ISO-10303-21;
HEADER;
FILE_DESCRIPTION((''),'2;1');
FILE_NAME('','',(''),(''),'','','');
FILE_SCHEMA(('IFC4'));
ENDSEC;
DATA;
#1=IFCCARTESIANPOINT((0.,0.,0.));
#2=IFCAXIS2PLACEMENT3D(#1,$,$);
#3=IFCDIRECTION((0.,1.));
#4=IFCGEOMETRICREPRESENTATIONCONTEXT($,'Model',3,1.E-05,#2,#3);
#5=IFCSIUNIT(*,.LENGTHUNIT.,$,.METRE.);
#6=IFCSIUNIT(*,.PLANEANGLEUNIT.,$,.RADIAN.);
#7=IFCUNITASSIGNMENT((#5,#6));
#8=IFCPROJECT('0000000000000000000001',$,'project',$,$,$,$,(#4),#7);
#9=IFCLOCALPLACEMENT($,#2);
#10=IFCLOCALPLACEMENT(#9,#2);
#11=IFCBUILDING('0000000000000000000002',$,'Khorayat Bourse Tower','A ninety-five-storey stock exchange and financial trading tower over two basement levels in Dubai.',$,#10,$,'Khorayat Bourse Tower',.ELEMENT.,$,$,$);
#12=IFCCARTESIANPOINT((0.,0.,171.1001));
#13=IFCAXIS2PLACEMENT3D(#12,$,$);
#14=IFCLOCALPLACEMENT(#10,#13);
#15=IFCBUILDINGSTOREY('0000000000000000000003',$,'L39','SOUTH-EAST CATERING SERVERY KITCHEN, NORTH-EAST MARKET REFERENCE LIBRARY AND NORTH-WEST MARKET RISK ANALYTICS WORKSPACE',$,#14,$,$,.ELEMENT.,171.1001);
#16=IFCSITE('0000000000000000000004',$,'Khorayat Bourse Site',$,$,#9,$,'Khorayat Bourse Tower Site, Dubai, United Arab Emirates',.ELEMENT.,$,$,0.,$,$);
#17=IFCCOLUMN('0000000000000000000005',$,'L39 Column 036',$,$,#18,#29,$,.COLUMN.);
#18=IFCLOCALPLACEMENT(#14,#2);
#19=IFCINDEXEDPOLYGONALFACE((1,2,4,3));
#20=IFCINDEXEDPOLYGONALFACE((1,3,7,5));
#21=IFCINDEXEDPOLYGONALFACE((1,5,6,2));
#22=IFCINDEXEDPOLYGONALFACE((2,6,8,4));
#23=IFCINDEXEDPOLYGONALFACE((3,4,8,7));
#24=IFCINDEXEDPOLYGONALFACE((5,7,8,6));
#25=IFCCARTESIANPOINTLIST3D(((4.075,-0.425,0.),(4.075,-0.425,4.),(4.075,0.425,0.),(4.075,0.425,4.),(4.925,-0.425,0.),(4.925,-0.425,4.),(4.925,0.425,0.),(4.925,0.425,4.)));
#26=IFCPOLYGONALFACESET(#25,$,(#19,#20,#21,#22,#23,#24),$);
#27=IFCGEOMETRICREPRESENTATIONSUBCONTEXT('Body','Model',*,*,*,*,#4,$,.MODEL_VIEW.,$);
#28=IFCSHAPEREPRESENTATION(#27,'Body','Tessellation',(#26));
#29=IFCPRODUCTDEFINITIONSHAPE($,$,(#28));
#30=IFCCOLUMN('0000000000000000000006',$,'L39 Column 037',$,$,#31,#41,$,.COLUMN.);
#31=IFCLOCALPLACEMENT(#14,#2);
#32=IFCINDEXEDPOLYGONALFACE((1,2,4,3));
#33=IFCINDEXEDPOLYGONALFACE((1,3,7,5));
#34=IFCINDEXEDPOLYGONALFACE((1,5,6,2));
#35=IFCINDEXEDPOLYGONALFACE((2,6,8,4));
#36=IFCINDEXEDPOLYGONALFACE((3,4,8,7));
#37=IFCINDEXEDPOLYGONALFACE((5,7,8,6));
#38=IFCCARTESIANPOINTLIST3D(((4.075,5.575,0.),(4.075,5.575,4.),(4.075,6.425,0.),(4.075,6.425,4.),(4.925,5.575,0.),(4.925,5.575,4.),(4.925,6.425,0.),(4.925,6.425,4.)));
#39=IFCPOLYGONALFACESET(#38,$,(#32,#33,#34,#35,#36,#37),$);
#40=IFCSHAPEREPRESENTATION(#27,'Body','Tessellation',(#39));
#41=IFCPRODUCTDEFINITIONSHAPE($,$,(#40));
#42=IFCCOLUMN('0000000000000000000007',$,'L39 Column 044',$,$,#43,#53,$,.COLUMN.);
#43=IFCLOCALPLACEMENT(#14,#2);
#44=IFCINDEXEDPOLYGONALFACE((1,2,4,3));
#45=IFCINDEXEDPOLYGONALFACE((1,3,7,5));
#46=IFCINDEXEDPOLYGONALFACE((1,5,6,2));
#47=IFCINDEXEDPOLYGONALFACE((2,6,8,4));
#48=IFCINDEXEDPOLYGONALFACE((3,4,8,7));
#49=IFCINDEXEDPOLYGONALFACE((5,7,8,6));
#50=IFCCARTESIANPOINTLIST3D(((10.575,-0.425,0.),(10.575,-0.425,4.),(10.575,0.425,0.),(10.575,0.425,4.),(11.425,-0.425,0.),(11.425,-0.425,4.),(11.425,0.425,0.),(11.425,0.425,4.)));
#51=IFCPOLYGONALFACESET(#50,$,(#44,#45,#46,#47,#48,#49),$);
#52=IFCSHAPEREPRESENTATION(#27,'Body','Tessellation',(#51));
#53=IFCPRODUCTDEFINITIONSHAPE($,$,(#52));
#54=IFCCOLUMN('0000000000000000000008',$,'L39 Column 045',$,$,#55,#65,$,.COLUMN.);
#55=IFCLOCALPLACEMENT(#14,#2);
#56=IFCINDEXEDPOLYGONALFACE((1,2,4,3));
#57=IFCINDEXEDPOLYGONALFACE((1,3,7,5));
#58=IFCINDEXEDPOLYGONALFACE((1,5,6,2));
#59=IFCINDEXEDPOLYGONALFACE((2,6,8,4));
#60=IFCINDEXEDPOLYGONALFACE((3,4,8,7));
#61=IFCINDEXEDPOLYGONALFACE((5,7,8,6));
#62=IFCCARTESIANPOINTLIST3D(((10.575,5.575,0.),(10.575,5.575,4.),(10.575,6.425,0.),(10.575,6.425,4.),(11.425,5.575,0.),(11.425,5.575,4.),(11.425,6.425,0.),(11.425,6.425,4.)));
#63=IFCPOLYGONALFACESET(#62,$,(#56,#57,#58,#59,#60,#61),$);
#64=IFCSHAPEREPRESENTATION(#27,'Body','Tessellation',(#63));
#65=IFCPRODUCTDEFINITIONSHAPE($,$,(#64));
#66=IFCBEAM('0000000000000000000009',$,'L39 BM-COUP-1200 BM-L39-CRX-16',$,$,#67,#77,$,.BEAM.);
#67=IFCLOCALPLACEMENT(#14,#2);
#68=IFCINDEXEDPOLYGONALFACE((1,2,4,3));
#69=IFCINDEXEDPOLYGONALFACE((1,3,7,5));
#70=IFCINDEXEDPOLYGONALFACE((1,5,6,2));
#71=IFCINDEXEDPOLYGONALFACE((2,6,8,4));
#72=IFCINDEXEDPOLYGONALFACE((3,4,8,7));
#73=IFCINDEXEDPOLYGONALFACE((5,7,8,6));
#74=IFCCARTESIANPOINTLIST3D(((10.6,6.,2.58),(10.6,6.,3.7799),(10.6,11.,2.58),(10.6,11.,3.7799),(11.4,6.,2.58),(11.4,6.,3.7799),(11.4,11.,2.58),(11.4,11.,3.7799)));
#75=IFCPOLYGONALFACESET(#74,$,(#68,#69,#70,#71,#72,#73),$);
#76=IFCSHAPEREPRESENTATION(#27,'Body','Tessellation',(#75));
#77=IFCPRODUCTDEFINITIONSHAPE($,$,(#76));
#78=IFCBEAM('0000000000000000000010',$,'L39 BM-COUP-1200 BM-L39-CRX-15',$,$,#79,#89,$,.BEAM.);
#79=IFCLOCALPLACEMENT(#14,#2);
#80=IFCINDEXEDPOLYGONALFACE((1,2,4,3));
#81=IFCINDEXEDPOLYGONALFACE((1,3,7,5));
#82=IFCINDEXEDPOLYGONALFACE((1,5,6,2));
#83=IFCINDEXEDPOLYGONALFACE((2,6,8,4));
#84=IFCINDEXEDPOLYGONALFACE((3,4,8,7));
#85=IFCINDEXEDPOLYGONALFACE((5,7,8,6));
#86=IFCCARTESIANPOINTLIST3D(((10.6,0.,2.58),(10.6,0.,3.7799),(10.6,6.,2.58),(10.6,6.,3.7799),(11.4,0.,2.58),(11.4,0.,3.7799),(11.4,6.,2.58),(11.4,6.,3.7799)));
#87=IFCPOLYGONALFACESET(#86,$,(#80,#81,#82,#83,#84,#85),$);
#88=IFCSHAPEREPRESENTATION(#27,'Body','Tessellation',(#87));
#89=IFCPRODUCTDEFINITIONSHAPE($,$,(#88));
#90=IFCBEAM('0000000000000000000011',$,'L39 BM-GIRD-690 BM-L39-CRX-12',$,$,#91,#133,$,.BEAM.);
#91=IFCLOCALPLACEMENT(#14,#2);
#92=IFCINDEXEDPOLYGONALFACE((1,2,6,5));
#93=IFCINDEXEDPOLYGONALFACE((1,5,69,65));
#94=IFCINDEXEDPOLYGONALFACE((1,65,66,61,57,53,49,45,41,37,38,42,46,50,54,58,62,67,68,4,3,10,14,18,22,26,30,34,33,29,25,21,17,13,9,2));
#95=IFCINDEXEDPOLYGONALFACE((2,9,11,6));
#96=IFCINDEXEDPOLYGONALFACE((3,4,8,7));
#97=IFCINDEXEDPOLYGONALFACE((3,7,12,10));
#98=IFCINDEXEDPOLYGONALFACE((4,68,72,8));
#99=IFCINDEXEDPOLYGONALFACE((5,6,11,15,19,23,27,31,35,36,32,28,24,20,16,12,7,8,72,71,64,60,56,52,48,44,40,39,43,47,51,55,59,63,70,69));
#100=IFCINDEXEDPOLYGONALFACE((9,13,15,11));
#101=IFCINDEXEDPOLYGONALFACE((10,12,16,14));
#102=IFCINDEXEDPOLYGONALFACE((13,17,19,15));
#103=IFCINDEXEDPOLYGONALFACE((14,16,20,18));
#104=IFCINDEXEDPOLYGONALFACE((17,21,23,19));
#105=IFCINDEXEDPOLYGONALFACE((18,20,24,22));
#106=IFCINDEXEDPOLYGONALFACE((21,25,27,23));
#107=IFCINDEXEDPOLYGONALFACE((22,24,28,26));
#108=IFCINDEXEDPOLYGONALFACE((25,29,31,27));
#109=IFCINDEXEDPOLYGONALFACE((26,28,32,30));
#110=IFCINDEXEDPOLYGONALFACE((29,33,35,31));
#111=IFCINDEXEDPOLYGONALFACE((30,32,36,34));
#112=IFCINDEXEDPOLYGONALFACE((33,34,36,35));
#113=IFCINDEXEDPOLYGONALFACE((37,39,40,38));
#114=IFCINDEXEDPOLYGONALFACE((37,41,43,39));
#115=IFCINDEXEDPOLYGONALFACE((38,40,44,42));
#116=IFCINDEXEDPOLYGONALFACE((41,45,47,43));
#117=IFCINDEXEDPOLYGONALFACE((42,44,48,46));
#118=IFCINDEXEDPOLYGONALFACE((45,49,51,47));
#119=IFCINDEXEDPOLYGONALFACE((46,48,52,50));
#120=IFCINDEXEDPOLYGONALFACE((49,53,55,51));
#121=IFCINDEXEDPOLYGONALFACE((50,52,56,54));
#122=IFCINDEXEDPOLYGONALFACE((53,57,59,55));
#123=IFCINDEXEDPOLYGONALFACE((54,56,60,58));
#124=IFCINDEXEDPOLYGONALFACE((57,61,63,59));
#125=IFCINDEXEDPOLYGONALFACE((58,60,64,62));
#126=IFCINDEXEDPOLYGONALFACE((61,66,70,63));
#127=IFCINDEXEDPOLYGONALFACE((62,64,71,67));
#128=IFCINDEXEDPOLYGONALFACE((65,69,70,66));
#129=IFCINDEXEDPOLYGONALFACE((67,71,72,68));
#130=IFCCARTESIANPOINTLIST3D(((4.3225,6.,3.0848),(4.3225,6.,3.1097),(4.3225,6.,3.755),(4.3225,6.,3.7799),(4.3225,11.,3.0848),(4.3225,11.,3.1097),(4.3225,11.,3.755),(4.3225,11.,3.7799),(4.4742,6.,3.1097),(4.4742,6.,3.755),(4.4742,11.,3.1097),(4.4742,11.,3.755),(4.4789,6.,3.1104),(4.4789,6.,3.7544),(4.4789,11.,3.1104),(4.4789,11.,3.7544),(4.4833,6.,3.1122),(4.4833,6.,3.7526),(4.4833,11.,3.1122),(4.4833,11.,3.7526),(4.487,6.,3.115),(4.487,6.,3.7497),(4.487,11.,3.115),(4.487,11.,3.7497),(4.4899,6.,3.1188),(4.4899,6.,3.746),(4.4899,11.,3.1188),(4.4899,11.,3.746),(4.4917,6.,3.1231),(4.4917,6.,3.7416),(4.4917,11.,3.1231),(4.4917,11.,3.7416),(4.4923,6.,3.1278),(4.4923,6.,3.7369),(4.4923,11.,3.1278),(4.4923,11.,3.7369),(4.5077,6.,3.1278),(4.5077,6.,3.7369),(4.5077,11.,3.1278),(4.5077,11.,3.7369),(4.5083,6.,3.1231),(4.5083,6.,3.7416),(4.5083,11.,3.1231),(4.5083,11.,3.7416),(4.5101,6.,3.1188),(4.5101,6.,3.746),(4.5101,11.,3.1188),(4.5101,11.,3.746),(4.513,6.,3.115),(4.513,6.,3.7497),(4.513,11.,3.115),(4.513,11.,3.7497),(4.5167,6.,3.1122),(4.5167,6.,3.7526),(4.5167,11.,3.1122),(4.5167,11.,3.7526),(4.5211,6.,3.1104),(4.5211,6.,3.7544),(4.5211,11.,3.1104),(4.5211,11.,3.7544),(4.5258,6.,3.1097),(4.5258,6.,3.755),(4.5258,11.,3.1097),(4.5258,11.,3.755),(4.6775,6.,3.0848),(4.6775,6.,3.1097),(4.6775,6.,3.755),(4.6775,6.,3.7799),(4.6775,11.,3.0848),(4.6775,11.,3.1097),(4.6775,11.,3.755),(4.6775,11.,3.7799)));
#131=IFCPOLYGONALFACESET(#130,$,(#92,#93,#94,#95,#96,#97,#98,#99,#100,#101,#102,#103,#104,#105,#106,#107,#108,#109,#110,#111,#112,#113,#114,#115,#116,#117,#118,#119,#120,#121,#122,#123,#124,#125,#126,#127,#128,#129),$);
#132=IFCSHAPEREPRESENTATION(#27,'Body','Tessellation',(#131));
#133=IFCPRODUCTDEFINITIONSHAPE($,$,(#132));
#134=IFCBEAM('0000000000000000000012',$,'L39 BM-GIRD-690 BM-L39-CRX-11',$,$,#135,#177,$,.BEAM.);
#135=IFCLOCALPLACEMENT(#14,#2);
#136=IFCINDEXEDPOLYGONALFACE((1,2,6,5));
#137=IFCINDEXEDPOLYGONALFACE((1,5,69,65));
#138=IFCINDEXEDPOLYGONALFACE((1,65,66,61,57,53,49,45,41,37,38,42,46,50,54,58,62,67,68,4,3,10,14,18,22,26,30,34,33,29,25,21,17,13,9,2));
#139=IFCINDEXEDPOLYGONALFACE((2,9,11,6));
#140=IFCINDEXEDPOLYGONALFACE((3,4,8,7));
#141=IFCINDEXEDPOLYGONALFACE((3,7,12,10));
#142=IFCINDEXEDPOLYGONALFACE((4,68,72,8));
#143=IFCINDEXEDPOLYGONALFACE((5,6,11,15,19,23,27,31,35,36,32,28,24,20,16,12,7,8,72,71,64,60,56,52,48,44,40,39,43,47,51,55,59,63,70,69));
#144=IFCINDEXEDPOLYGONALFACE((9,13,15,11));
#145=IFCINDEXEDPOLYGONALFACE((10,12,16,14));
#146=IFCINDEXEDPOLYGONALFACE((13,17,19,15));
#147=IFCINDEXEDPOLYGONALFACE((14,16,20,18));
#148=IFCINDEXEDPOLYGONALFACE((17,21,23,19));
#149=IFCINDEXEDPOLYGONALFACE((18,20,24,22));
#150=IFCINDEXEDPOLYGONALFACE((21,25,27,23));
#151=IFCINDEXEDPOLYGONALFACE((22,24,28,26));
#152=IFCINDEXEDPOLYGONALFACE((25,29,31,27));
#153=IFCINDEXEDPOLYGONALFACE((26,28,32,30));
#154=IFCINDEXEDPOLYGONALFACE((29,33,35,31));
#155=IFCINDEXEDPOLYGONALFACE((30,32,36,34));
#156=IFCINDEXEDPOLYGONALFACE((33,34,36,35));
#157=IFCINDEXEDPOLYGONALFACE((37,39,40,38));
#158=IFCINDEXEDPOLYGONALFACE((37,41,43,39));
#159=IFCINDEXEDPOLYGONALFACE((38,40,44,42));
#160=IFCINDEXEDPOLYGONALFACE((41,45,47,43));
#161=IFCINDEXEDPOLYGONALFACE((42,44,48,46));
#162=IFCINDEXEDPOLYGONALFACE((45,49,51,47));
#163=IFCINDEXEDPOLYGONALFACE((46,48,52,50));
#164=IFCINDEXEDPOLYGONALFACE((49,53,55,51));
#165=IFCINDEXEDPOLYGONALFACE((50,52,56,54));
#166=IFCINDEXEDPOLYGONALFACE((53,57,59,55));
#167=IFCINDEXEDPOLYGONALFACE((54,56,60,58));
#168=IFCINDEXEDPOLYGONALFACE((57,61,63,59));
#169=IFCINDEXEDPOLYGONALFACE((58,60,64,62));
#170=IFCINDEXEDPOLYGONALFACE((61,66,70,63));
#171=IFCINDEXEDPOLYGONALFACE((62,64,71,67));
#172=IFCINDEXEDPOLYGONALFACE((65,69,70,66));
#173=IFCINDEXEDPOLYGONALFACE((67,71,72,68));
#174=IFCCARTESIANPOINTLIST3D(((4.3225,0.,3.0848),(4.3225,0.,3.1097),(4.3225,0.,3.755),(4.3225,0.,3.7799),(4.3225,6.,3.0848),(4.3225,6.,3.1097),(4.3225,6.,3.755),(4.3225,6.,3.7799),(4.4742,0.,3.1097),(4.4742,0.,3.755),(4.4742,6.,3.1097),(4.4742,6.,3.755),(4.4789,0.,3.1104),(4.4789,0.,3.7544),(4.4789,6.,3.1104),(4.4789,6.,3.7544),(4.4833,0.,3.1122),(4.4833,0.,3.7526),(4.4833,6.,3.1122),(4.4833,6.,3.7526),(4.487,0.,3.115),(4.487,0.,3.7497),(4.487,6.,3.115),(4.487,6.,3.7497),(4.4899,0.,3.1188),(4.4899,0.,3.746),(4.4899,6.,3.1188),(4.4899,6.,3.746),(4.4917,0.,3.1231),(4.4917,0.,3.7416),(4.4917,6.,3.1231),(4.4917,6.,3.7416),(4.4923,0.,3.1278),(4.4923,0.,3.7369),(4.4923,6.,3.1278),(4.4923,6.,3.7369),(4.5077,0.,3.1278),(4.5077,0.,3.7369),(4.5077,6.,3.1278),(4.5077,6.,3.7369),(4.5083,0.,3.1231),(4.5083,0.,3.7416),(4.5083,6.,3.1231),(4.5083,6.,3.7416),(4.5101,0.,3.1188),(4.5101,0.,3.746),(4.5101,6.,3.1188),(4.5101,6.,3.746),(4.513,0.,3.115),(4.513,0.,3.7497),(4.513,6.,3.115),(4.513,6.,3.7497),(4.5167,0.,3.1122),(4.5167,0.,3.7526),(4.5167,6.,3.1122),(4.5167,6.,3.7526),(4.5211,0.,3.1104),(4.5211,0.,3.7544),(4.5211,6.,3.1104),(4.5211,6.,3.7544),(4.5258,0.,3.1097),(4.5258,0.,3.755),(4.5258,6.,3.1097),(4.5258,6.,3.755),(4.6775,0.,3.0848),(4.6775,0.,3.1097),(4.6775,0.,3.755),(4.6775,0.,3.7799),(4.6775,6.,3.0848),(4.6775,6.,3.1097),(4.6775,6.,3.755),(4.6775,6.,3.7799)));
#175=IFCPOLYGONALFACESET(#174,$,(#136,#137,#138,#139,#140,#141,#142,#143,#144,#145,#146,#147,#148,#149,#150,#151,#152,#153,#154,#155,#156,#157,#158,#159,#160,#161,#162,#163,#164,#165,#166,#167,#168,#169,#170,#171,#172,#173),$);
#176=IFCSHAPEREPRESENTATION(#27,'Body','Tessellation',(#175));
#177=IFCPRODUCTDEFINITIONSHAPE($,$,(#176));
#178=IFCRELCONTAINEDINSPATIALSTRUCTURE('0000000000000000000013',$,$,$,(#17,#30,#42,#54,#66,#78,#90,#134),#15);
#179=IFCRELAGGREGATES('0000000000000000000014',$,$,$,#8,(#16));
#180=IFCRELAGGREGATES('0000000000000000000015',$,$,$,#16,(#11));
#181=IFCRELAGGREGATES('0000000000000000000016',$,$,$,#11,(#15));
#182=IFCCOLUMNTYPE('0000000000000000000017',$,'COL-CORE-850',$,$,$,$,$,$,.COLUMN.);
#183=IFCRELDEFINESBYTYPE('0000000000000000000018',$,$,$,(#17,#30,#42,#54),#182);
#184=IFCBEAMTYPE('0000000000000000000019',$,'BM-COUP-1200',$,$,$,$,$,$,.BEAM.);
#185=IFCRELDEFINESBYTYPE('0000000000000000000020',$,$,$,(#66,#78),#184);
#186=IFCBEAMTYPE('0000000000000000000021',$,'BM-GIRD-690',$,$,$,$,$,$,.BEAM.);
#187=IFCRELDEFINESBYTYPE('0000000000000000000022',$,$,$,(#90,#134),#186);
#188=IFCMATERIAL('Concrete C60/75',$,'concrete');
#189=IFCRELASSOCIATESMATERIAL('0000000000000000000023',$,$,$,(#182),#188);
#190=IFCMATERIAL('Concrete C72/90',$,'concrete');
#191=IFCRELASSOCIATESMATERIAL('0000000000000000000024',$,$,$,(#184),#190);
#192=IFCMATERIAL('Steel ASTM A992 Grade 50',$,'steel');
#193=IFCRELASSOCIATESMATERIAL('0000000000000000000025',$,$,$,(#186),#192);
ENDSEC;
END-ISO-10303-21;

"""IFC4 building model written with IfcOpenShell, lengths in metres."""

from ifc_helpers import new_model, si_unit, direction, frame, origin, origin_2d, place, context, subcontext, project, spatial, rectangle, i_section, extrude, source, transform, mapped, material, material_profile, profile_set, type_object, element, save


model = new_model("IFC4")

# Units and contexts
model_context = context("Model", 3, precision=1e-05, world=origin(), true_north=direction((0.0, 1.0)))
body_context = subcontext(model_context, "Body", "Model", "MODEL_VIEW")
ifc_project = project(units=[si_unit("LENGTHUNIT", "METRE"), si_unit("PLANEANGLEUNIT", "RADIAN")], contexts=[model_context])

# Site, building, storey
site_placement = place(None, origin())
site = spatial("IfcSite", under=ifc_project, at=site_placement, Name="Khorayat Bourse Site", LongName="Khorayat Bourse Tower Site, Dubai, United Arab Emirates", CompositionType="ELEMENT", RefElevation=0.0)
building_placement = place(site_placement, origin())
building = spatial("IfcBuilding", under=site, at=building_placement, Name="Khorayat Bourse Tower", Description="A ninety-five-storey stock exchange and financial trading tower over two basement levels in Dubai.", LongName="Khorayat Bourse Tower", CompositionType="ELEMENT")
storey_placement = place(building_placement, frame((0.0, 0.0, 171.1001)))
storey = spatial("IfcBuildingStorey", under=building, at=storey_placement, Name="L39", Description="SOUTH-EAST CATERING SERVERY KITCHEN, NORTH-EAST MARKET REFERENCE LIBRARY AND NORTH-WEST MARKET RISK ANALYTICS WORKSPACE", CompositionType="ELEMENT", Elevation=171.1001)

# Columns
ifc_material_1 = material(Name="Concrete C60/75", Category="concrete")
ifc_material_profile_1 = material_profile(ifc_material_1, rectangle(XDim=0.8501, YDim=0.8501, at=origin_2d()), Name="RC 850x850")
ifc_profile_set_1 = profile_set([ifc_material_profile_1], Name="Concrete C60/75")
column_type = type_object("IfcColumnType", Name="COL-CORE-850", PredefinedType="COLUMN", material=ifc_profile_set_1)
shared_shape_1 = source(origin(), body_context, "Body", "SweptSolid", [
    extrude(rectangle(XDim=0.8501, YDim=0.8501, at=origin_2d()), origin(), (0.0, 0.0, 1.0), 4.0),
])
for number, where, z_axis, x_axis, name in (
    (1, (4.5, 0.0, 0.0), (0.0, 0.0, 1.0), (1.0, 0.0, 0.0), "L39 Column 036"),
    (2, (4.5, 6.0, 0.0), (0.0, 0.0, 1.0), (1.0, 0.0, 0.0), "L39 Column 037"),
    (3, (11.0, 0.0, 0.0), (0.0, 0.0, 1.0), (1.0, 0.0, 0.0), "L39 Column 044"),
    (4, (11.0, 6.0, 0.0), (0.0, 0.0, 1.0), (1.0, 0.0, 0.0), "L39 Column 045"),
):
    element("IfcColumn", number, at=place(storey_placement, frame(where, z_axis=z_axis, x_axis=x_axis)), inside=storey, type_object=column_type, Name=name, PredefinedType="COLUMN", context=body_context, shape_type="MappedRepresentation", body=[
        mapped(shared_shape_1, transform((0.0, 0.0, 0.0), scale=1.0)),
    ])

# Beams
ifc_material_2 = material(Name="Concrete C72/90", Category="concrete")
ifc_material_profile_2 = material_profile(ifc_material_2, rectangle(XDim=0.8, YDim=1.2, at=origin_2d()), Name="RC 800x1200")
ifc_profile_set_2 = profile_set([ifc_material_profile_2], Name="Concrete C72/90")
beam_type_1 = type_object("IfcBeamType", Name="BM-COUP-1200", PredefinedType="BEAM", material=ifc_profile_set_2)
shared_shape_2 = source(origin(), body_context, "Body", "SweptSolid", [
    extrude(rectangle(XDim=0.8, YDim=1.2, at=origin_2d()), origin(), (0.0, 0.0, 1.0), 5.0),
])
beam_1_placement = place(storey_placement, frame((11.0, 6.0, 3.1799), z_axis=(0.0, 1.0, 0.0), x_axis=(-1.0, 0.0, 0.0)))
element("IfcBeam", 5, at=beam_1_placement, inside=storey, type_object=beam_type_1, Name="L39 BM-COUP-1200 BM-L39-CRX-16", PredefinedType="BEAM", context=body_context, shape_type="MappedRepresentation", body=[
    mapped(shared_shape_2, transform((0.0, 0.0, 0.0), scale=1.0)),
])
shared_shape_3 = source(origin(), body_context, "Body", "SweptSolid", [
    extrude(rectangle(XDim=0.8, YDim=1.2, at=origin_2d()), origin(), (0.0, 0.0, 1.0), 6.0),
])
beam_2_placement = place(storey_placement, frame((11.0, 0.0, 3.1799), z_axis=(0.0, 1.0, 0.0), x_axis=(-1.0, 0.0, 0.0)))
element("IfcBeam", 6, at=beam_2_placement, inside=storey, type_object=beam_type_1, Name="L39 BM-COUP-1200 BM-L39-CRX-15", PredefinedType="BEAM", context=body_context, shape_type="MappedRepresentation", body=[
    mapped(shared_shape_3, transform((0.0, 0.0, 0.0), scale=1.0)),
])
ifc_material_3 = material(Name="Steel ASTM A992 Grade 50", Category="steel")
ifc_material_profile_3 = material_profile(ifc_material_3, i_section(OverallWidth=0.355, OverallDepth=0.6951, WebThickness=0.0154, FlangeThickness=0.0249, FilletRadius=0.0181, at=origin_2d()), Name="W690X217")
ifc_profile_set_3 = profile_set([ifc_material_profile_3], Name="Steel ASTM A992 Grade 50")
beam_type_2 = type_object("IfcBeamType", Name="BM-GIRD-690", PredefinedType="BEAM", material=ifc_profile_set_3)
shared_shape_4 = source(origin(), body_context, "Body", "SweptSolid", [
    extrude(i_section(OverallWidth=0.355, OverallDepth=0.6951, WebThickness=0.0154, FlangeThickness=0.0249, FilletRadius=0.0181, at=origin_2d()), origin(), (0.0, 0.0, 1.0), 5.0),
])
beam_3_placement = place(storey_placement, frame((4.5, 6.0, 3.4324), z_axis=(0.0, 1.0, 0.0), x_axis=(-1.0, 0.0, 0.0)))
element("IfcBeam", 7, at=beam_3_placement, inside=storey, type_object=beam_type_2, Name="L39 BM-GIRD-690 BM-L39-CRX-12", PredefinedType="BEAM", context=body_context, shape_type="MappedRepresentation", body=[
    mapped(shared_shape_4, transform((0.0, 0.0, 0.0), scale=1.0)),
])
shared_shape_5 = source(origin(), body_context, "Body", "SweptSolid", [
    extrude(i_section(OverallWidth=0.355, OverallDepth=0.6951, WebThickness=0.0154, FlangeThickness=0.0249, FilletRadius=0.0181, at=origin_2d()), origin(), (0.0, 0.0, 1.0), 6.0),
])
beam_4_placement = place(storey_placement, frame((4.5, 0.0, 3.4324), z_axis=(0.0, 1.0, 0.0), x_axis=(-1.0, 0.0, 0.0)))
element("IfcBeam", 8, at=beam_4_placement, inside=storey, type_object=beam_type_2, Name="L39 BM-GIRD-690 BM-L39-CRX-11", PredefinedType="BEAM", context=body_context, shape_type="MappedRepresentation", body=[
    mapped(shared_shape_5, transform((0.0, 0.0, 0.0), scale=1.0)),
])

save(model, "model.ifc")
